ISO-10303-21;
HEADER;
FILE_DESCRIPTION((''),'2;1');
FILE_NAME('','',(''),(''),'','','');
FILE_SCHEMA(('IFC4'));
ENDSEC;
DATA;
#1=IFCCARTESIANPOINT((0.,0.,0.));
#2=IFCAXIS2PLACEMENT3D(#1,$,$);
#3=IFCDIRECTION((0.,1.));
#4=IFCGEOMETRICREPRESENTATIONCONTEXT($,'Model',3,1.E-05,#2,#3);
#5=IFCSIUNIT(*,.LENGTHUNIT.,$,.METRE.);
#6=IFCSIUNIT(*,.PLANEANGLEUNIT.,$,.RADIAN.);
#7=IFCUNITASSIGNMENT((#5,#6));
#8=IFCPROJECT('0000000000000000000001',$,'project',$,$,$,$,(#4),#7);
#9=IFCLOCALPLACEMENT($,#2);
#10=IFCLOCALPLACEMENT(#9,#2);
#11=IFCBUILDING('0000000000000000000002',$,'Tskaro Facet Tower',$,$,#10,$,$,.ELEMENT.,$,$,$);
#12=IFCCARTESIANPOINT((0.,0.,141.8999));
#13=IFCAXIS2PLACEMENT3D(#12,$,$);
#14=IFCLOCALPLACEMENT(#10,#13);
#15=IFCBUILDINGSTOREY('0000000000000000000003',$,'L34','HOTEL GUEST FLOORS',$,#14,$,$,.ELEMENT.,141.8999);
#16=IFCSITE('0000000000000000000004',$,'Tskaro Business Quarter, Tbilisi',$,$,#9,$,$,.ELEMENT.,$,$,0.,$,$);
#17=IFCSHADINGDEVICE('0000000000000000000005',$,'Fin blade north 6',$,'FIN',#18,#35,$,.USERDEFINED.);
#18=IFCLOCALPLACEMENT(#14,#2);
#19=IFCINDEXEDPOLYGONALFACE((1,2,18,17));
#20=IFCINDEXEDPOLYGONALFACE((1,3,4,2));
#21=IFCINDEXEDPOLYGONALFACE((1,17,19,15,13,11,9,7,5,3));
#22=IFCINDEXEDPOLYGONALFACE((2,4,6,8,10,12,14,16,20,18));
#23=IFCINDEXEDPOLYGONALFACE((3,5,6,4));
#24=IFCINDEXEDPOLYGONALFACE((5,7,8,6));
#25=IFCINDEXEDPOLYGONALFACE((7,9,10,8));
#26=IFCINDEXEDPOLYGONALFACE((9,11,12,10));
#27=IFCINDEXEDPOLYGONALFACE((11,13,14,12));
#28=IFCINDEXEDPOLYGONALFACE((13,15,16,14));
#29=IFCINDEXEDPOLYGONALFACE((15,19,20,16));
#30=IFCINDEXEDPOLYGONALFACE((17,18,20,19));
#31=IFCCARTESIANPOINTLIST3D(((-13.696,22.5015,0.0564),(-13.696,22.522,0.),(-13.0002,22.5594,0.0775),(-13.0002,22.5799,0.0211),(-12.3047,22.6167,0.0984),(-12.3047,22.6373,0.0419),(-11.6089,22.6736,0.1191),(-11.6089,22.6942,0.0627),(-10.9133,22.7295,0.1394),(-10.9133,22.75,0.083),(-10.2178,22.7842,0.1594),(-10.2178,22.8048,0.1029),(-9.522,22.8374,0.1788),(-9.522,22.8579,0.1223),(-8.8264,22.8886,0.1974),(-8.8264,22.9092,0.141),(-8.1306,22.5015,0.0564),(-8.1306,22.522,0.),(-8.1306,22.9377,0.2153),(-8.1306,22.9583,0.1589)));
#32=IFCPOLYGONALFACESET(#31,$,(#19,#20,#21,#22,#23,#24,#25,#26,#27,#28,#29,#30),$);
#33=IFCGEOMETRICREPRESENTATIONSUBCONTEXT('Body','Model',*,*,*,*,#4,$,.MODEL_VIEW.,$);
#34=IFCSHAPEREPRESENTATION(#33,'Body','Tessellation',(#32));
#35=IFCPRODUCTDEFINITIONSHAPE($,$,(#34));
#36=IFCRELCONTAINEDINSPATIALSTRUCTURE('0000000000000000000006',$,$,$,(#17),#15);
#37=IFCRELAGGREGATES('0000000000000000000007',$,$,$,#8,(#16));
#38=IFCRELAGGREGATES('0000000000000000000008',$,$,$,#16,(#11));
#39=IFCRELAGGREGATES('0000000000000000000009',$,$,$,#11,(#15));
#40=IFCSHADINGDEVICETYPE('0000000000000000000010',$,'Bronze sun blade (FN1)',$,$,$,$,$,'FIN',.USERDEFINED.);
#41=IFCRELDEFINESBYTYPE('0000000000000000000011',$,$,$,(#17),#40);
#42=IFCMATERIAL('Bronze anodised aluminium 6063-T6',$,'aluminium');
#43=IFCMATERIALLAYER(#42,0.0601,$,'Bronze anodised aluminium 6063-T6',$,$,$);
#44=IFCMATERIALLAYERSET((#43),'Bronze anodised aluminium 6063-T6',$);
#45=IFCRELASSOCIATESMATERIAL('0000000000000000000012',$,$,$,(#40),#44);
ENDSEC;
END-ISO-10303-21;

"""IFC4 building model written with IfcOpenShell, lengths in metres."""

from ifc_helpers import new_model, si_unit, direction, frame, origin, place, context, subcontext, project, spatial, polyline, outline, extrude, material, layer, layer_set, type_object, element, save


model = new_model("IFC4")

# Units and contexts
model_context = context("Model", 3, precision=1e-05, world=origin(), true_north=direction((0.0, 1.0)))
body_context = subcontext(model_context, "Body", "Model", "MODEL_VIEW")
ifc_project = project(units=[si_unit("LENGTHUNIT", "METRE"), si_unit("PLANEANGLEUNIT", "RADIAN")], contexts=[model_context])

# Site, building, storey
site_placement = place(None, origin())
site = spatial("IfcSite", under=ifc_project, at=site_placement, Name="Tskaro Business Quarter, Tbilisi", CompositionType="ELEMENT", RefElevation=0.0)
building_placement = place(site_placement, origin())
building = spatial("IfcBuilding", under=site, at=building_placement, Name="Tskaro Facet Tower", CompositionType="ELEMENT")
storey_placement = place(building_placement, frame((0.0, 0.0, 141.8999)))
storey = spatial("IfcBuildingStorey", under=building, at=storey_placement, Name="L34", Description="HOTEL GUEST FLOORS", CompositionType="ELEMENT", Elevation=141.8999)

# Shared definitions
ifc_material_1 = material(Name="Bronze anodised aluminium 6063-T6", Category="aluminium")

# Shading device
ifc_layer_1 = layer(ifc_material_1, 0.0601, Name="Bronze anodised aluminium 6063-T6")
ifc_layer_set_1 = layer_set([ifc_layer_1], Name="Bronze anodised aluminium 6063-T6")
shading_device_type = type_object("IfcShadingDeviceType", Name="Bronze sun blade (FN1)", ElementType="FIN", PredefinedType="USERDEFINED", material=ifc_layer_set_1)
shading_device_1_placement = place(storey_placement, frame((-8.1306, 22.5015, 0.0564), z_axis=(-0.000002, -0.342261, 0.939605), x_axis=(-1.0, 0.000001, -0.000002)))
element("IfcShadingDevice", 1, at=shading_device_1_placement, inside=storey, type_object=shading_device_type, Name="Fin blade north 6", ObjectType="FIN", PredefinedType="USERDEFINED", context=body_context, shape_type="SweptSolid", body=[
    extrude(outline(polyline([(0.0, 0.0), (5.5654, 0.0), (4.8696, -0.0616), (4.1741, -0.1226), (3.4783, -0.1832), (2.7827, -0.2427), (2.0872, -0.3009), (1.3914, -0.3575), (0.6958, -0.412), (0.0, -0.4643), (0.0, 0.0)])), origin(), (0.0, 0.0, -1.0), 0.0601),
])

save(model, "model.ifc")
